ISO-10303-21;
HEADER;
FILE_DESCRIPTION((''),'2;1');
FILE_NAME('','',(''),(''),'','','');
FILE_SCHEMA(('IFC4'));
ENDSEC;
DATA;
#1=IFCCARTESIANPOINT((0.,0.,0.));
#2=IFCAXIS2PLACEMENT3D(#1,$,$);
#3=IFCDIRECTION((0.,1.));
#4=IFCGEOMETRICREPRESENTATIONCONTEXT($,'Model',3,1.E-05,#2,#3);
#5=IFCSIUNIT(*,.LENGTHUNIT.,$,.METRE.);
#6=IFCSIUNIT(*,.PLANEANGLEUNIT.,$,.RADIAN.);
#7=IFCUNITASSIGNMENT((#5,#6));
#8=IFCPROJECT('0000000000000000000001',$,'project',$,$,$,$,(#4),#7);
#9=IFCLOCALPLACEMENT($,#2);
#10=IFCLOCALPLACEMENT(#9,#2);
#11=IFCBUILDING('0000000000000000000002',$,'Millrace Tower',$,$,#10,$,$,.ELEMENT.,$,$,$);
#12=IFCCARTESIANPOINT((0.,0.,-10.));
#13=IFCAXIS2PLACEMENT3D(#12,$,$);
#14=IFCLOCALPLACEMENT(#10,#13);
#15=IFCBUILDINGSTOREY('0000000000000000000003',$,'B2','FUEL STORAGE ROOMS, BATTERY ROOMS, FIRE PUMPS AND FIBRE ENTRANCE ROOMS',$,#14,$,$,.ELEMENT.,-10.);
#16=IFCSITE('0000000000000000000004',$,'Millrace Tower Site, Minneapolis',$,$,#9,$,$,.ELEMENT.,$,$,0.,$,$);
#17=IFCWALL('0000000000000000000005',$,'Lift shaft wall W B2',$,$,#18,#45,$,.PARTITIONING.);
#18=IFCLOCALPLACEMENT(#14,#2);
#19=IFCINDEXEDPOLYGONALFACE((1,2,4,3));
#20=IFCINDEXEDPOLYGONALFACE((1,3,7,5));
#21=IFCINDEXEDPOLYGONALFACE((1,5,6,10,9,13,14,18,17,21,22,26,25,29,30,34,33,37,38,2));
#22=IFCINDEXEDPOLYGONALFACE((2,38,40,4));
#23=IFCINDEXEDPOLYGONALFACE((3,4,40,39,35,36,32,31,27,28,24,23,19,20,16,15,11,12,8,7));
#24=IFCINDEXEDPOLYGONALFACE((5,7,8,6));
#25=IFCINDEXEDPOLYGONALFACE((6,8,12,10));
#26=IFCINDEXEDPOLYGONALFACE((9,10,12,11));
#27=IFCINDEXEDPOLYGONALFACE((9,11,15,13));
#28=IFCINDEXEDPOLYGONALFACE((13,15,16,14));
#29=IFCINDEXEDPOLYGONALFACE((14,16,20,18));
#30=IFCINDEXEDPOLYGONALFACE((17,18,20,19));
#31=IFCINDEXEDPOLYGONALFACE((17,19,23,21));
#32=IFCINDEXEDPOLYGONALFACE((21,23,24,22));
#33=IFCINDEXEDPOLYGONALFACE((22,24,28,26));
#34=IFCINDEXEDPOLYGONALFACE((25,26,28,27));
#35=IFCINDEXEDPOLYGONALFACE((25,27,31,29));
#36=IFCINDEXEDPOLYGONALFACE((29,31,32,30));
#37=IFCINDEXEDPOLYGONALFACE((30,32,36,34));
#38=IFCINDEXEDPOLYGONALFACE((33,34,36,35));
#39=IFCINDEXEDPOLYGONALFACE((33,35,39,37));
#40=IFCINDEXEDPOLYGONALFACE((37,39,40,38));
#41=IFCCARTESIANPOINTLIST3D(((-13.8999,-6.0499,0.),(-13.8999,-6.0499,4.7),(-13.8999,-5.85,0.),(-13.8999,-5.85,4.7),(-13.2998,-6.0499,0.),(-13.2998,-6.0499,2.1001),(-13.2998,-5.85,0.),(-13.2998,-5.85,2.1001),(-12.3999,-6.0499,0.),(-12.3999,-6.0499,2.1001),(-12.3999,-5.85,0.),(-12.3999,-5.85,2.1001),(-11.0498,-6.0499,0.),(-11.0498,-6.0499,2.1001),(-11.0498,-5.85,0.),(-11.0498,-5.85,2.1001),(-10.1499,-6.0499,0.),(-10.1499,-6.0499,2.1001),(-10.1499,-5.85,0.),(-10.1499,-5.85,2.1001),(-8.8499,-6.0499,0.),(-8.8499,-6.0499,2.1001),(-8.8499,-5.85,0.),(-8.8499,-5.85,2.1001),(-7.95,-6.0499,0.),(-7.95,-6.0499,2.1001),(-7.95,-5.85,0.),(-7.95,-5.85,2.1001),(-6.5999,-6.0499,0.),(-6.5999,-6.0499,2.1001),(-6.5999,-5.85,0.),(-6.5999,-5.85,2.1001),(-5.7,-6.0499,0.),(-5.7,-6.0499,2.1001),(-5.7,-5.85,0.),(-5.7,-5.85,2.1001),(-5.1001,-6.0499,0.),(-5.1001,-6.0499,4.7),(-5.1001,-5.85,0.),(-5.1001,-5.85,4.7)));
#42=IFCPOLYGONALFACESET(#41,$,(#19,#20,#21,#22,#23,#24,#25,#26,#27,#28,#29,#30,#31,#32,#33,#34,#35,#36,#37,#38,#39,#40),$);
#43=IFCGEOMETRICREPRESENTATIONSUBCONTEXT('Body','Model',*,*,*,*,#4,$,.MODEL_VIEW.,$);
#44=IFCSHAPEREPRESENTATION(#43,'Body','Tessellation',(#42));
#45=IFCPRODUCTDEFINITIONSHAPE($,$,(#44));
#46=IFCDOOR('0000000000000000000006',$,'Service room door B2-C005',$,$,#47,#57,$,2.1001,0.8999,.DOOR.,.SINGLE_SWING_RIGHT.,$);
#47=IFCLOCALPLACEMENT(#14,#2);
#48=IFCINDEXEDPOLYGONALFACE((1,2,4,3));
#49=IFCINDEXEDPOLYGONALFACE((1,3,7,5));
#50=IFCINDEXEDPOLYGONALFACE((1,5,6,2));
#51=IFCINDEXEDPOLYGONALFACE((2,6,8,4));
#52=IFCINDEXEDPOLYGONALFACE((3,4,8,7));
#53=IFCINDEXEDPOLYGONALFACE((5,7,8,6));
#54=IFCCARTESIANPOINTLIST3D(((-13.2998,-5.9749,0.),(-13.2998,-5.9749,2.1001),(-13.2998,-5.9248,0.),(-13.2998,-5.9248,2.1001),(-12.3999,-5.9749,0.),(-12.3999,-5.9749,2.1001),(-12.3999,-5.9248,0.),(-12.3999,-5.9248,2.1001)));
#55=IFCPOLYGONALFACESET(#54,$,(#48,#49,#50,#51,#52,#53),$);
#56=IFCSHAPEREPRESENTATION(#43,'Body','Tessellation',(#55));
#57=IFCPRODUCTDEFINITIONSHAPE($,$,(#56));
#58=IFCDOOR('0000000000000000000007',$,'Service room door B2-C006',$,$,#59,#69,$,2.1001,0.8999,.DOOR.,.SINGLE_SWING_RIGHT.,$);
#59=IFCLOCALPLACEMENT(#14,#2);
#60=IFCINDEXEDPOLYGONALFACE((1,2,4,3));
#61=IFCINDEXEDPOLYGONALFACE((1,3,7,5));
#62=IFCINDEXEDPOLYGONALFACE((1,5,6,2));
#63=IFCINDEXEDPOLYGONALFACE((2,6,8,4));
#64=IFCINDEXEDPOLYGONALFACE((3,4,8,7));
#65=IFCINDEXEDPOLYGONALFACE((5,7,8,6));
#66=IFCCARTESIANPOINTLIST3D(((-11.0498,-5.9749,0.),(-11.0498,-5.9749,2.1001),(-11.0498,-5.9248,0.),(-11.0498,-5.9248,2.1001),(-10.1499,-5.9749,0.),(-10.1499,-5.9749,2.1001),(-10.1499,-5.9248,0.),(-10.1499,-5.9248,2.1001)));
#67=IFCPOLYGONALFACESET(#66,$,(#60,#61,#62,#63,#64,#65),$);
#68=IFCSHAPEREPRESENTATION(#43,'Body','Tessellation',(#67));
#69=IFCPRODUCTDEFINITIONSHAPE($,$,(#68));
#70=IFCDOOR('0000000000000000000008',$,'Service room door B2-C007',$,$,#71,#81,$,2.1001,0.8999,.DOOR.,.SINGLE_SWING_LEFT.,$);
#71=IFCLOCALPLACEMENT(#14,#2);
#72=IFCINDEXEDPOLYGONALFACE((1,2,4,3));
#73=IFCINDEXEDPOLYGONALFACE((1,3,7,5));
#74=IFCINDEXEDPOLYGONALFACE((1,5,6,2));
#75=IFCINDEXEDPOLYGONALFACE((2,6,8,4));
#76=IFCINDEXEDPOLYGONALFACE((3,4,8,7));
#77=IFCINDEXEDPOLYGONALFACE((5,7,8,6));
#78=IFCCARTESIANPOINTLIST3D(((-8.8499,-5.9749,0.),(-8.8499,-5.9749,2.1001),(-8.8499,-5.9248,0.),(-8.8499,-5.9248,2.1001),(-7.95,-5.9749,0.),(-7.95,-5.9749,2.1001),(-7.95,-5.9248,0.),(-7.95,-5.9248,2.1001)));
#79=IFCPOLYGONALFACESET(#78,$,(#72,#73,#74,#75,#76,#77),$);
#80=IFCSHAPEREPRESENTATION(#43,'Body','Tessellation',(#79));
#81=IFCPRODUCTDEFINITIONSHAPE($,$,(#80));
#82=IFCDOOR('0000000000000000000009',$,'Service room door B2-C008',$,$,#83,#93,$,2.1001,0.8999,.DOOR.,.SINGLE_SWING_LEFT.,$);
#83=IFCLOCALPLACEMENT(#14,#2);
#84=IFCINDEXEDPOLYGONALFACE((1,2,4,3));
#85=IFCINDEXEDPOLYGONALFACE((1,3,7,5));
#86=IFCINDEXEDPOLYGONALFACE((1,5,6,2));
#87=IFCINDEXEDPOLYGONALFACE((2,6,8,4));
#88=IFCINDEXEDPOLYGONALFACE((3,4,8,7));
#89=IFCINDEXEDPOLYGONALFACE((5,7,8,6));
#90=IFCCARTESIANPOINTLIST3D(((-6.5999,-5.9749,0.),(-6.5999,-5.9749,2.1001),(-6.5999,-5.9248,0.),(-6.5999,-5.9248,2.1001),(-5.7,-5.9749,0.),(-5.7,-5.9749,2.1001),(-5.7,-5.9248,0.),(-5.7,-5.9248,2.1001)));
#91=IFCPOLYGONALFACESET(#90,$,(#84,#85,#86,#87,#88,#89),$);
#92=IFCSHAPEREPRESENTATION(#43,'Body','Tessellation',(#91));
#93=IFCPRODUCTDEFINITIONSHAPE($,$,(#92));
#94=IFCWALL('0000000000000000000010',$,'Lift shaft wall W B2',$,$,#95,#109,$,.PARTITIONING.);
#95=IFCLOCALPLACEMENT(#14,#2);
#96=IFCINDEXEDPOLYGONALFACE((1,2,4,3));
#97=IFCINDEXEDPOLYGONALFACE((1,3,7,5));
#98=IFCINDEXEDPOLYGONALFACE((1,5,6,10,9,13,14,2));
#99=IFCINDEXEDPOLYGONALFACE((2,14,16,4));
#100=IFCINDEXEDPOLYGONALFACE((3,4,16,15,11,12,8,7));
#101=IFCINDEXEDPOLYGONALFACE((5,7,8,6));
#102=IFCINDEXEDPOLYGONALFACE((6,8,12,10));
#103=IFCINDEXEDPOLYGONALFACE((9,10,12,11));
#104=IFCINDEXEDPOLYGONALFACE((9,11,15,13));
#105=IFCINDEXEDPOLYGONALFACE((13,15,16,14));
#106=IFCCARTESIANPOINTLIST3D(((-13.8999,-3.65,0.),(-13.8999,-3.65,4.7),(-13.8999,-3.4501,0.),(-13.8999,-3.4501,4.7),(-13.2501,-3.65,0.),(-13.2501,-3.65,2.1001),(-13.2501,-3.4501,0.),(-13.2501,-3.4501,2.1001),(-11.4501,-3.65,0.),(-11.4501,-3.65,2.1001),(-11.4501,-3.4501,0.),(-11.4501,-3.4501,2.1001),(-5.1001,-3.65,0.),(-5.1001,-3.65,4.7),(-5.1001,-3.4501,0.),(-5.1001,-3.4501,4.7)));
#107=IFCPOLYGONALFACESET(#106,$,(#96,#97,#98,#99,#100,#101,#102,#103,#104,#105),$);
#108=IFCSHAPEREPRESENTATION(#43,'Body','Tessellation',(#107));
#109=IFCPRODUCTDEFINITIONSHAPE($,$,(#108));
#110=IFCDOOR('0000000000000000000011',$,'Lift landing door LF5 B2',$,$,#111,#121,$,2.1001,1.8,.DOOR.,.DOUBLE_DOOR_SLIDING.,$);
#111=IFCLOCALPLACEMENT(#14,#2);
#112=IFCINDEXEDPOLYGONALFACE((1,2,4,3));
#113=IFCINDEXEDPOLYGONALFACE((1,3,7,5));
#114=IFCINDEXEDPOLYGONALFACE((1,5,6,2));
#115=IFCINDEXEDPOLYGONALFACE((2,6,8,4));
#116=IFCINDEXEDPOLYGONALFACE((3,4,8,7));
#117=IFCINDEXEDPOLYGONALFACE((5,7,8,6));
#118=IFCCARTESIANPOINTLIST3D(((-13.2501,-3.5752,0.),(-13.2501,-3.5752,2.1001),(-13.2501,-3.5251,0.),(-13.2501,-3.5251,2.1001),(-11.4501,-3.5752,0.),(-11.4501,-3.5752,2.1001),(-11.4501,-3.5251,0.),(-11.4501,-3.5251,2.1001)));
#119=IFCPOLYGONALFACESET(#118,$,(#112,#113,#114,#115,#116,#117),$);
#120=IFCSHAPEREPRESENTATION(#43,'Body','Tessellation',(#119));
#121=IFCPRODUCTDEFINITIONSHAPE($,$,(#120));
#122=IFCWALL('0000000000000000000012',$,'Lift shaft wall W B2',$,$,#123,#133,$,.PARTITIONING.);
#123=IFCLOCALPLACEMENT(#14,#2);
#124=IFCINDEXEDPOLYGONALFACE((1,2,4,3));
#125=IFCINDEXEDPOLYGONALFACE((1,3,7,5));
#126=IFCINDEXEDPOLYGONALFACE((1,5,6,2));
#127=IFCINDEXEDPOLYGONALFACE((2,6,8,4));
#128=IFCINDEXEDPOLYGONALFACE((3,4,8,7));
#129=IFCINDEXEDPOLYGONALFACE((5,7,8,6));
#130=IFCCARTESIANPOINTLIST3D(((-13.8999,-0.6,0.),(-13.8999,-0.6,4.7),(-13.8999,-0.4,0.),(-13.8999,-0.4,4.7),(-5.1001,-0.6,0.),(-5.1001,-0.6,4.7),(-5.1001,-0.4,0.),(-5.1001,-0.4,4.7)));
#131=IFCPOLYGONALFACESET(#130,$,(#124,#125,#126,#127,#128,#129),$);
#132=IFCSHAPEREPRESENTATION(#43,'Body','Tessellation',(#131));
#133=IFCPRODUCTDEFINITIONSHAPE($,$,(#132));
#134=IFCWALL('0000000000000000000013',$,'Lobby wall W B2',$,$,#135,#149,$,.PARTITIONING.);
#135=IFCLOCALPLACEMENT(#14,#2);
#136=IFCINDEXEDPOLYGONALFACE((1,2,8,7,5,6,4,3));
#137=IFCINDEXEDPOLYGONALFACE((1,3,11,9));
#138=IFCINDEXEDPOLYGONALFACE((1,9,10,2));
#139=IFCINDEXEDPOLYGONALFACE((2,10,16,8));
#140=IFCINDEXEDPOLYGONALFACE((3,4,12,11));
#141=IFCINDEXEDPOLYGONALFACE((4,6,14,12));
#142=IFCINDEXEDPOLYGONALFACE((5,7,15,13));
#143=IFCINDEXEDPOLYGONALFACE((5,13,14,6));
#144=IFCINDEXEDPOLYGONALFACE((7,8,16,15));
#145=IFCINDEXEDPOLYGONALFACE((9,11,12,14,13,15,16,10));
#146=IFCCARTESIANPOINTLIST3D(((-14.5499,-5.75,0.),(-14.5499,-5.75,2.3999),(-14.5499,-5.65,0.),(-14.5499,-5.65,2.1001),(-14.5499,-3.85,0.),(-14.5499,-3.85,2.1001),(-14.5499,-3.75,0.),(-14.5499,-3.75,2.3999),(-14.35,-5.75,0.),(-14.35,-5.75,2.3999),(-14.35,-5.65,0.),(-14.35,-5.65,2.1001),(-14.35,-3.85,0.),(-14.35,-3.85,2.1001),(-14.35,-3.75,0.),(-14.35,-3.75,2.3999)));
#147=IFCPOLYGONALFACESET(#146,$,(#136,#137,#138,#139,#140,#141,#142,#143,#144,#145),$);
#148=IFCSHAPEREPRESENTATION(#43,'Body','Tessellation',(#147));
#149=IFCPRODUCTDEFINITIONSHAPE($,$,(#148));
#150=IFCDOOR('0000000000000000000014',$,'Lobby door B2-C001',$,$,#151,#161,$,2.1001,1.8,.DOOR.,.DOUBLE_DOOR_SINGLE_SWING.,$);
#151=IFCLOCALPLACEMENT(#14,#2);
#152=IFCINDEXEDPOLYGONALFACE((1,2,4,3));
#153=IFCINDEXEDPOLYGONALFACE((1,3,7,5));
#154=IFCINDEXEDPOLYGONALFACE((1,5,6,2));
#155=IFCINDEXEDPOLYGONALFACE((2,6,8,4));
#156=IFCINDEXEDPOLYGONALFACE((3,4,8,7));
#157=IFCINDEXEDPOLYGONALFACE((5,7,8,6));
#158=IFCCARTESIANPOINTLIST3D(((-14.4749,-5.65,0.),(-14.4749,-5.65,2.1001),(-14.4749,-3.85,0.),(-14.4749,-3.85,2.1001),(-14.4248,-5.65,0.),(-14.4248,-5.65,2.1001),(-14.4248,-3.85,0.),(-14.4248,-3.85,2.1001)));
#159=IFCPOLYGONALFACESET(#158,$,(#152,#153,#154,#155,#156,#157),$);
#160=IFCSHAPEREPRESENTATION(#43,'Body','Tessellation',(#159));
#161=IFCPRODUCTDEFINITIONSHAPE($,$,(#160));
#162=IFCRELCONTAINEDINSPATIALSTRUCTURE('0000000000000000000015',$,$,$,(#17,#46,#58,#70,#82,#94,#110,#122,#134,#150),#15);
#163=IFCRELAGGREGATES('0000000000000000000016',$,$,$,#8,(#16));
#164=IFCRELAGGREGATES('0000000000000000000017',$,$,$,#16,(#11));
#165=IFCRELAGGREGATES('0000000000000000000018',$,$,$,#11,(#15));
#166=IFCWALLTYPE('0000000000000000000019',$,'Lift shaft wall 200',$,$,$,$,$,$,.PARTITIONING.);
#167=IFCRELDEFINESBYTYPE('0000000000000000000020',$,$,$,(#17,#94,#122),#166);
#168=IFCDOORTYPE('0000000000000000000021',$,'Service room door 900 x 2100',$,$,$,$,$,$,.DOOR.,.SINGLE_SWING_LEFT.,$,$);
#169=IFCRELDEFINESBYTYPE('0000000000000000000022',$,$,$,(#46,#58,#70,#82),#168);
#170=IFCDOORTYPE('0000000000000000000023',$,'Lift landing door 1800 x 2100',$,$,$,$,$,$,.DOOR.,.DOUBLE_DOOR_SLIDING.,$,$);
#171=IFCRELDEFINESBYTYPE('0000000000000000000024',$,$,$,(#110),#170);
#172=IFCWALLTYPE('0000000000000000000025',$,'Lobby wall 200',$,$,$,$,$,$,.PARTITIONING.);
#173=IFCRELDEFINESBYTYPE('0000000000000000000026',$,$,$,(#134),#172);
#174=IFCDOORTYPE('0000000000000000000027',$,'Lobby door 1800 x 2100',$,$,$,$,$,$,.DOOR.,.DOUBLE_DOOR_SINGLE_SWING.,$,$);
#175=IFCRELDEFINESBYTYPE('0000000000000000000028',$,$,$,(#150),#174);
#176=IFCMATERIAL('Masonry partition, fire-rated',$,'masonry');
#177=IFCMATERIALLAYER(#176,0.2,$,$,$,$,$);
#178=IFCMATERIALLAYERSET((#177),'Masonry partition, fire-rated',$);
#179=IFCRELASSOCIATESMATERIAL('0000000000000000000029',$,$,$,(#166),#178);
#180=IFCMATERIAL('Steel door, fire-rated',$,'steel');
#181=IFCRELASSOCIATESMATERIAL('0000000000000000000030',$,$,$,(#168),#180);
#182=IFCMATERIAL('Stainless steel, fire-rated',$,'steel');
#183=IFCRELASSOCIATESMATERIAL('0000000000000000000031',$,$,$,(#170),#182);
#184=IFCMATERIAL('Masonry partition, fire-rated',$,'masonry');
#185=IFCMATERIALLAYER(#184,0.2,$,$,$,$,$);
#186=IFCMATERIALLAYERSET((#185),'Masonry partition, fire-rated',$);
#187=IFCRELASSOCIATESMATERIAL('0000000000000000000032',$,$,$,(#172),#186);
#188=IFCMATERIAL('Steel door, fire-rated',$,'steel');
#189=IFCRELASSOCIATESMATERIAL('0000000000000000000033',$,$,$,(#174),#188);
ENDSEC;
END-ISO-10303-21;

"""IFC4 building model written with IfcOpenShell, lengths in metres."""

from ifc_helpers import new_model, si_unit, direction, frame, frame_2d, origin, place, context, subcontext, project, spatial, rectangle, extrude, material, layer, layer_set, type_object, element, fill, save


model = new_model("IFC4")

# Units and contexts
model_context = context("Model", 3, precision=1e-05, world=origin(), true_north=direction((0.0, 1.0)))
body_context = subcontext(model_context, "Body", "Model", "MODEL_VIEW")
ifc_project = project(units=[si_unit("LENGTHUNIT", "METRE"), si_unit("PLANEANGLEUNIT", "RADIAN")], contexts=[model_context])

# Site, building, storey
site_placement = place(None, origin())
site = spatial("IfcSite", under=ifc_project, at=site_placement, Name="Millrace Tower Site, Minneapolis", CompositionType="ELEMENT", RefElevation=0.0)
building_placement = place(site_placement, origin())
building = spatial("IfcBuilding", under=site, at=building_placement, Name="Millrace Tower", CompositionType="ELEMENT")
storey_placement = place(building_placement, frame((0.0, 0.0, -10.0)))
storey = spatial("IfcBuildingStorey", under=building, at=storey_placement, Name="B2", Description="FUEL STORAGE ROOMS, BATTERY ROOMS, FIRE PUMPS AND FIBRE ENTRANCE ROOMS", CompositionType="ELEMENT", Elevation=-10.0)

# Wall, openings, doors
ifc_material_1 = material(Name="Masonry partition, fire-rated", Category="masonry")
ifc_layer_1 = layer(ifc_material_1, 0.2)
ifc_layer_set_1 = layer_set([ifc_layer_1], Name="Masonry partition, fire-rated")
wall_type_1 = type_object("IfcWallType", Name="Lift shaft wall 200", PredefinedType="PARTITIONING", material=ifc_layer_set_1)
wall_1_placement = place(storey_placement, frame((-13.8999, -5.95, 0.0), z_axis=(0.0, 0.0, 1.0), x_axis=(1.0, 0.0, 0.0)))
wall_1 = element("IfcWall", 1, at=wall_1_placement, inside=storey, type_object=wall_type_1, Name="Lift shaft wall W B2", PredefinedType="PARTITIONING", context=body_context, shape_type="SweptSolid", body=[
    extrude(rectangle(XDim=8.7998, YDim=0.2, at=frame_2d((4.3999, 0.0))), origin(), (0.0, 0.0, 1.0), 4.7),
])
opening_1_placement = place(wall_1_placement, frame((0.6001, 0.0, 0.0)))
opening_1 = element("IfcOpeningElement", 2, at=opening_1_placement, cuts=wall_1, PredefinedType="OPENING", context=body_context, shape_type="SweptSolid", body=[
    extrude(rectangle(XDim=0.8999, YDim=2.1001, at=frame_2d((0.45, 1.05))), frame((0.0, 0.1099, 0.0), z_axis=(0.0, -1.0, 0.0), x_axis=(1.0, 0.0, 0.0)), (0.0, 0.0, 1.0), 0.22),
])
opening_2_placement = place(wall_1_placement, frame((2.8501, 0.0, 0.0)))
opening_2 = element("IfcOpeningElement", 3, at=opening_2_placement, cuts=wall_1, PredefinedType="OPENING", context=body_context, shape_type="SweptSolid", body=[
    extrude(rectangle(XDim=0.8999, YDim=2.1001, at=frame_2d((0.45, 1.05))), frame((0.0, 0.1099, 0.0), z_axis=(0.0, -1.0, 0.0), x_axis=(1.0, 0.0, 0.0)), (0.0, 0.0, 1.0), 0.22),
])
opening_3_placement = place(wall_1_placement, frame((5.05, 0.0, 0.0)))
opening_3 = element("IfcOpeningElement", 4, at=opening_3_placement, cuts=wall_1, PredefinedType="OPENING", context=body_context, shape_type="SweptSolid", body=[
    extrude(rectangle(XDim=0.8999, YDim=2.1001, at=frame_2d((0.45, 1.05))), frame((0.0, 0.1099, 0.0), z_axis=(0.0, -1.0, 0.0), x_axis=(1.0, 0.0, 0.0)), (0.0, 0.0, 1.0), 0.22),
])
opening_4_placement = place(wall_1_placement, frame((7.3, 0.0, 0.0)))
opening_4 = element("IfcOpeningElement", 5, at=opening_4_placement, cuts=wall_1, PredefinedType="OPENING", context=body_context, shape_type="SweptSolid", body=[
    extrude(rectangle(XDim=0.8999, YDim=2.1001, at=frame_2d((0.45, 1.05))), frame((0.0, 0.1099, 0.0), z_axis=(0.0, -1.0, 0.0), x_axis=(1.0, 0.0, 0.0)), (0.0, 0.0, 1.0), 0.22),
])
ifc_material_2 = material(Name="Steel door, fire-rated", Category="steel")
door_type_1 = type_object("IfcDoorType", Name="Service room door 900 x 2100", OperationType="SINGLE_SWING_LEFT", PredefinedType="DOOR", material=ifc_material_2)
door_1_placement = place(opening_1_placement, frame((0.8999, 0.0, 0.0), z_axis=(0.0, 0.0, 1.0), x_axis=(-1.0, 0.0, 0.0)))
door_1 = element("IfcDoor", 6, at=door_1_placement, inside=storey, type_object=door_type_1, Name="Service room door B2-C005", OperationType="SINGLE_SWING_RIGHT", OverallHeight=2.1001, OverallWidth=0.8999, PredefinedType="DOOR", context=body_context, shape_type="SweptSolid", body=[
    extrude(rectangle(XDim=0.8999, YDim=2.1001, at=frame_2d((0.45, 1.05))), frame((0.0, 0.0249, 0.0), z_axis=(0.0, -1.0, 0.0), x_axis=(1.0, 0.0, 0.0)), (0.0, 0.0, 1.0), 0.05),
])
fill(opening_1, door_1)
door_2_placement = place(opening_2_placement, frame((0.8999, 0.0, 0.0), z_axis=(0.0, 0.0, 1.0), x_axis=(-1.0, 0.0, 0.0)))
door_2 = element("IfcDoor", 7, at=door_2_placement, inside=storey, type_object=door_type_1, Name="Service room door B2-C006", OperationType="SINGLE_SWING_RIGHT", OverallHeight=2.1001, OverallWidth=0.8999, PredefinedType="DOOR", context=body_context, shape_type="SweptSolid", body=[
    extrude(rectangle(XDim=0.8999, YDim=2.1001, at=frame_2d((0.45, 1.05))), frame((0.0, 0.0249, 0.0), z_axis=(0.0, -1.0, 0.0), x_axis=(1.0, 0.0, 0.0)), (0.0, 0.0, 1.0), 0.05),
])
fill(opening_2, door_2)
door_3_placement = place(opening_3_placement, frame((0.8999, 0.0, 0.0), z_axis=(0.0, 0.0, 1.0), x_axis=(-1.0, 0.0, 0.0)))
door_3 = element("IfcDoor", 8, at=door_3_placement, inside=storey, type_object=door_type_1, Name="Service room door B2-C007", OperationType="SINGLE_SWING_LEFT", OverallHeight=2.1001, OverallWidth=0.8999, PredefinedType="DOOR", context=body_context, shape_type="SweptSolid", body=[
    extrude(rectangle(XDim=0.8999, YDim=2.1001, at=frame_2d((0.45, 1.05))), frame((0.0, 0.0249, 0.0), z_axis=(0.0, -1.0, 0.0), x_axis=(1.0, 0.0, 0.0)), (0.0, 0.0, 1.0), 0.05),
])
fill(opening_3, door_3)
door_4_placement = place(opening_4_placement, frame((0.8999, 0.0, 0.0), z_axis=(0.0, 0.0, 1.0), x_axis=(-1.0, 0.0, 0.0)))
door_4 = element("IfcDoor", 9, at=door_4_placement, inside=storey, type_object=door_type_1, Name="Service room door B2-C008", OperationType="SINGLE_SWING_LEFT", OverallHeight=2.1001, OverallWidth=0.8999, PredefinedType="DOOR", context=body_context, shape_type="SweptSolid", body=[
    extrude(rectangle(XDim=0.8999, YDim=2.1001, at=frame_2d((0.45, 1.05))), frame((0.0, 0.0249, 0.0), z_axis=(0.0, -1.0, 0.0), x_axis=(1.0, 0.0, 0.0)), (0.0, 0.0, 1.0), 0.05),
])
fill(opening_4, door_4)

# Wall, opening, door
wall_2_placement = place(storey_placement, frame((-13.8999, -3.55, 0.0), z_axis=(0.0, 0.0, 1.0), x_axis=(1.0, 0.0, 0.0)))
wall_2 = element("IfcWall", 10, at=wall_2_placement, inside=storey, type_object=wall_type_1, Name="Lift shaft wall W B2", PredefinedType="PARTITIONING", context=body_context, shape_type="SweptSolid", body=[
    extrude(rectangle(XDim=8.7998, YDim=0.2, at=frame_2d((4.3999, 0.0))), origin(), (0.0, 0.0, 1.0), 4.7),
])
opening_5_placement = place(wall_2_placement, frame((0.6499, 0.0, 0.0)))
opening_5 = element("IfcOpeningElement", 11, at=opening_5_placement, cuts=wall_2, PredefinedType="OPENING", context=body_context, shape_type="SweptSolid", body=[
    extrude(rectangle(XDim=1.8, YDim=2.1001, at=frame_2d((0.8999, 1.05))), frame((0.0, 0.1099, 0.0), z_axis=(0.0, -1.0, 0.0), x_axis=(1.0, 0.0, 0.0)), (0.0, 0.0, 1.0), 0.22),
])
ifc_material_3 = material(Name="Stainless steel, fire-rated", Category="steel")
door_type_2 = type_object("IfcDoorType", Name="Lift landing door 1800 x 2100", OperationType="DOUBLE_DOOR_SLIDING", PredefinedType="DOOR", material=ifc_material_3)
door_5_placement = place(opening_5_placement, origin())
door_5 = element("IfcDoor", 12, at=door_5_placement, inside=storey, type_object=door_type_2, Name="Lift landing door LF5 B2", OperationType="DOUBLE_DOOR_SLIDING", OverallHeight=2.1001, OverallWidth=1.8, PredefinedType="DOOR", context=body_context, shape_type="SweptSolid", body=[
    extrude(rectangle(XDim=1.8, YDim=2.1001, at=frame_2d((0.8999, 1.05))), frame((0.0, 0.0249, 0.0), z_axis=(0.0, -1.0, 0.0), x_axis=(1.0, 0.0, 0.0)), (0.0, 0.0, 1.0), 0.05),
])
fill(opening_5, door_5)

# Wall
wall_3_placement = place(storey_placement, frame((-13.8999, -0.5, 0.0), z_axis=(0.0, 0.0, 1.0), x_axis=(1.0, 0.0, 0.0)))
element("IfcWall", 13, at=wall_3_placement, inside=storey, type_object=wall_type_1, Name="Lift shaft wall W B2", PredefinedType="PARTITIONING", context=body_context, shape_type="SweptSolid", body=[
    extrude(rectangle(XDim=8.7998, YDim=0.2, at=frame_2d((4.3999, 0.0))), origin(), (0.0, 0.0, 1.0), 4.7),
])

# Wall, opening, door
ifc_material_4 = material(Name="Masonry partition, fire-rated", Category="masonry")
ifc_layer_2 = layer(ifc_material_4, 0.2)
ifc_layer_set_2 = layer_set([ifc_layer_2], Name="Masonry partition, fire-rated")
wall_type_2 = type_object("IfcWallType", Name="Lobby wall 200", PredefinedType="PARTITIONING", material=ifc_layer_set_2)
wall_4_placement = place(storey_placement, frame((-14.45, -5.75, 0.0), z_axis=(0.0, 0.0, 1.0), x_axis=(0.0, 1.0, 0.0)))
wall_4 = element("IfcWall", 14, at=wall_4_placement, inside=storey, type_object=wall_type_2, Name="Lobby wall W B2", PredefinedType="PARTITIONING", context=body_context, shape_type="SweptSolid", body=[
    extrude(rectangle(XDim=2.0, YDim=0.2, at=frame_2d((1.0, 0.0))), origin(), (0.0, 0.0, 1.0), 2.3999),
])
opening_6_placement = place(wall_4_placement, frame((0.1001, 0.0, 0.0)))
opening_6 = element("IfcOpeningElement", 15, at=opening_6_placement, cuts=wall_4, PredefinedType="OPENING", context=body_context, shape_type="SweptSolid", body=[
    extrude(rectangle(XDim=1.8, YDim=2.1001, at=frame_2d((0.8999, 1.05))), frame((0.0, 0.1099, 0.0), z_axis=(0.0, -1.0, 0.0), x_axis=(1.0, 0.0, 0.0)), (0.0, 0.0, 1.0), 0.22),
])
ifc_material_5 = material(Name="Steel door, fire-rated", Category="steel")
door_type_3 = type_object("IfcDoorType", Name="Lobby door 1800 x 2100", OperationType="DOUBLE_DOOR_SINGLE_SWING", PredefinedType="DOOR", material=ifc_material_5)
door_6_placement = place(opening_6_placement, origin())
door_6 = element("IfcDoor", 16, at=door_6_placement, inside=storey, type_object=door_type_3, Name="Lobby door B2-C001", OperationType="DOUBLE_DOOR_SINGLE_SWING", OverallHeight=2.1001, OverallWidth=1.8, PredefinedType="DOOR", context=body_context, shape_type="SweptSolid", body=[
    extrude(rectangle(XDim=1.8, YDim=2.1001, at=frame_2d((0.8999, 1.05))), frame((0.0, 0.0249, 0.0), z_axis=(0.0, -1.0, 0.0), x_axis=(1.0, 0.0, 0.0)), (0.0, 0.0, 1.0), 0.05),
])
fill(opening_6, door_6)

save(model, "model.ifc")
